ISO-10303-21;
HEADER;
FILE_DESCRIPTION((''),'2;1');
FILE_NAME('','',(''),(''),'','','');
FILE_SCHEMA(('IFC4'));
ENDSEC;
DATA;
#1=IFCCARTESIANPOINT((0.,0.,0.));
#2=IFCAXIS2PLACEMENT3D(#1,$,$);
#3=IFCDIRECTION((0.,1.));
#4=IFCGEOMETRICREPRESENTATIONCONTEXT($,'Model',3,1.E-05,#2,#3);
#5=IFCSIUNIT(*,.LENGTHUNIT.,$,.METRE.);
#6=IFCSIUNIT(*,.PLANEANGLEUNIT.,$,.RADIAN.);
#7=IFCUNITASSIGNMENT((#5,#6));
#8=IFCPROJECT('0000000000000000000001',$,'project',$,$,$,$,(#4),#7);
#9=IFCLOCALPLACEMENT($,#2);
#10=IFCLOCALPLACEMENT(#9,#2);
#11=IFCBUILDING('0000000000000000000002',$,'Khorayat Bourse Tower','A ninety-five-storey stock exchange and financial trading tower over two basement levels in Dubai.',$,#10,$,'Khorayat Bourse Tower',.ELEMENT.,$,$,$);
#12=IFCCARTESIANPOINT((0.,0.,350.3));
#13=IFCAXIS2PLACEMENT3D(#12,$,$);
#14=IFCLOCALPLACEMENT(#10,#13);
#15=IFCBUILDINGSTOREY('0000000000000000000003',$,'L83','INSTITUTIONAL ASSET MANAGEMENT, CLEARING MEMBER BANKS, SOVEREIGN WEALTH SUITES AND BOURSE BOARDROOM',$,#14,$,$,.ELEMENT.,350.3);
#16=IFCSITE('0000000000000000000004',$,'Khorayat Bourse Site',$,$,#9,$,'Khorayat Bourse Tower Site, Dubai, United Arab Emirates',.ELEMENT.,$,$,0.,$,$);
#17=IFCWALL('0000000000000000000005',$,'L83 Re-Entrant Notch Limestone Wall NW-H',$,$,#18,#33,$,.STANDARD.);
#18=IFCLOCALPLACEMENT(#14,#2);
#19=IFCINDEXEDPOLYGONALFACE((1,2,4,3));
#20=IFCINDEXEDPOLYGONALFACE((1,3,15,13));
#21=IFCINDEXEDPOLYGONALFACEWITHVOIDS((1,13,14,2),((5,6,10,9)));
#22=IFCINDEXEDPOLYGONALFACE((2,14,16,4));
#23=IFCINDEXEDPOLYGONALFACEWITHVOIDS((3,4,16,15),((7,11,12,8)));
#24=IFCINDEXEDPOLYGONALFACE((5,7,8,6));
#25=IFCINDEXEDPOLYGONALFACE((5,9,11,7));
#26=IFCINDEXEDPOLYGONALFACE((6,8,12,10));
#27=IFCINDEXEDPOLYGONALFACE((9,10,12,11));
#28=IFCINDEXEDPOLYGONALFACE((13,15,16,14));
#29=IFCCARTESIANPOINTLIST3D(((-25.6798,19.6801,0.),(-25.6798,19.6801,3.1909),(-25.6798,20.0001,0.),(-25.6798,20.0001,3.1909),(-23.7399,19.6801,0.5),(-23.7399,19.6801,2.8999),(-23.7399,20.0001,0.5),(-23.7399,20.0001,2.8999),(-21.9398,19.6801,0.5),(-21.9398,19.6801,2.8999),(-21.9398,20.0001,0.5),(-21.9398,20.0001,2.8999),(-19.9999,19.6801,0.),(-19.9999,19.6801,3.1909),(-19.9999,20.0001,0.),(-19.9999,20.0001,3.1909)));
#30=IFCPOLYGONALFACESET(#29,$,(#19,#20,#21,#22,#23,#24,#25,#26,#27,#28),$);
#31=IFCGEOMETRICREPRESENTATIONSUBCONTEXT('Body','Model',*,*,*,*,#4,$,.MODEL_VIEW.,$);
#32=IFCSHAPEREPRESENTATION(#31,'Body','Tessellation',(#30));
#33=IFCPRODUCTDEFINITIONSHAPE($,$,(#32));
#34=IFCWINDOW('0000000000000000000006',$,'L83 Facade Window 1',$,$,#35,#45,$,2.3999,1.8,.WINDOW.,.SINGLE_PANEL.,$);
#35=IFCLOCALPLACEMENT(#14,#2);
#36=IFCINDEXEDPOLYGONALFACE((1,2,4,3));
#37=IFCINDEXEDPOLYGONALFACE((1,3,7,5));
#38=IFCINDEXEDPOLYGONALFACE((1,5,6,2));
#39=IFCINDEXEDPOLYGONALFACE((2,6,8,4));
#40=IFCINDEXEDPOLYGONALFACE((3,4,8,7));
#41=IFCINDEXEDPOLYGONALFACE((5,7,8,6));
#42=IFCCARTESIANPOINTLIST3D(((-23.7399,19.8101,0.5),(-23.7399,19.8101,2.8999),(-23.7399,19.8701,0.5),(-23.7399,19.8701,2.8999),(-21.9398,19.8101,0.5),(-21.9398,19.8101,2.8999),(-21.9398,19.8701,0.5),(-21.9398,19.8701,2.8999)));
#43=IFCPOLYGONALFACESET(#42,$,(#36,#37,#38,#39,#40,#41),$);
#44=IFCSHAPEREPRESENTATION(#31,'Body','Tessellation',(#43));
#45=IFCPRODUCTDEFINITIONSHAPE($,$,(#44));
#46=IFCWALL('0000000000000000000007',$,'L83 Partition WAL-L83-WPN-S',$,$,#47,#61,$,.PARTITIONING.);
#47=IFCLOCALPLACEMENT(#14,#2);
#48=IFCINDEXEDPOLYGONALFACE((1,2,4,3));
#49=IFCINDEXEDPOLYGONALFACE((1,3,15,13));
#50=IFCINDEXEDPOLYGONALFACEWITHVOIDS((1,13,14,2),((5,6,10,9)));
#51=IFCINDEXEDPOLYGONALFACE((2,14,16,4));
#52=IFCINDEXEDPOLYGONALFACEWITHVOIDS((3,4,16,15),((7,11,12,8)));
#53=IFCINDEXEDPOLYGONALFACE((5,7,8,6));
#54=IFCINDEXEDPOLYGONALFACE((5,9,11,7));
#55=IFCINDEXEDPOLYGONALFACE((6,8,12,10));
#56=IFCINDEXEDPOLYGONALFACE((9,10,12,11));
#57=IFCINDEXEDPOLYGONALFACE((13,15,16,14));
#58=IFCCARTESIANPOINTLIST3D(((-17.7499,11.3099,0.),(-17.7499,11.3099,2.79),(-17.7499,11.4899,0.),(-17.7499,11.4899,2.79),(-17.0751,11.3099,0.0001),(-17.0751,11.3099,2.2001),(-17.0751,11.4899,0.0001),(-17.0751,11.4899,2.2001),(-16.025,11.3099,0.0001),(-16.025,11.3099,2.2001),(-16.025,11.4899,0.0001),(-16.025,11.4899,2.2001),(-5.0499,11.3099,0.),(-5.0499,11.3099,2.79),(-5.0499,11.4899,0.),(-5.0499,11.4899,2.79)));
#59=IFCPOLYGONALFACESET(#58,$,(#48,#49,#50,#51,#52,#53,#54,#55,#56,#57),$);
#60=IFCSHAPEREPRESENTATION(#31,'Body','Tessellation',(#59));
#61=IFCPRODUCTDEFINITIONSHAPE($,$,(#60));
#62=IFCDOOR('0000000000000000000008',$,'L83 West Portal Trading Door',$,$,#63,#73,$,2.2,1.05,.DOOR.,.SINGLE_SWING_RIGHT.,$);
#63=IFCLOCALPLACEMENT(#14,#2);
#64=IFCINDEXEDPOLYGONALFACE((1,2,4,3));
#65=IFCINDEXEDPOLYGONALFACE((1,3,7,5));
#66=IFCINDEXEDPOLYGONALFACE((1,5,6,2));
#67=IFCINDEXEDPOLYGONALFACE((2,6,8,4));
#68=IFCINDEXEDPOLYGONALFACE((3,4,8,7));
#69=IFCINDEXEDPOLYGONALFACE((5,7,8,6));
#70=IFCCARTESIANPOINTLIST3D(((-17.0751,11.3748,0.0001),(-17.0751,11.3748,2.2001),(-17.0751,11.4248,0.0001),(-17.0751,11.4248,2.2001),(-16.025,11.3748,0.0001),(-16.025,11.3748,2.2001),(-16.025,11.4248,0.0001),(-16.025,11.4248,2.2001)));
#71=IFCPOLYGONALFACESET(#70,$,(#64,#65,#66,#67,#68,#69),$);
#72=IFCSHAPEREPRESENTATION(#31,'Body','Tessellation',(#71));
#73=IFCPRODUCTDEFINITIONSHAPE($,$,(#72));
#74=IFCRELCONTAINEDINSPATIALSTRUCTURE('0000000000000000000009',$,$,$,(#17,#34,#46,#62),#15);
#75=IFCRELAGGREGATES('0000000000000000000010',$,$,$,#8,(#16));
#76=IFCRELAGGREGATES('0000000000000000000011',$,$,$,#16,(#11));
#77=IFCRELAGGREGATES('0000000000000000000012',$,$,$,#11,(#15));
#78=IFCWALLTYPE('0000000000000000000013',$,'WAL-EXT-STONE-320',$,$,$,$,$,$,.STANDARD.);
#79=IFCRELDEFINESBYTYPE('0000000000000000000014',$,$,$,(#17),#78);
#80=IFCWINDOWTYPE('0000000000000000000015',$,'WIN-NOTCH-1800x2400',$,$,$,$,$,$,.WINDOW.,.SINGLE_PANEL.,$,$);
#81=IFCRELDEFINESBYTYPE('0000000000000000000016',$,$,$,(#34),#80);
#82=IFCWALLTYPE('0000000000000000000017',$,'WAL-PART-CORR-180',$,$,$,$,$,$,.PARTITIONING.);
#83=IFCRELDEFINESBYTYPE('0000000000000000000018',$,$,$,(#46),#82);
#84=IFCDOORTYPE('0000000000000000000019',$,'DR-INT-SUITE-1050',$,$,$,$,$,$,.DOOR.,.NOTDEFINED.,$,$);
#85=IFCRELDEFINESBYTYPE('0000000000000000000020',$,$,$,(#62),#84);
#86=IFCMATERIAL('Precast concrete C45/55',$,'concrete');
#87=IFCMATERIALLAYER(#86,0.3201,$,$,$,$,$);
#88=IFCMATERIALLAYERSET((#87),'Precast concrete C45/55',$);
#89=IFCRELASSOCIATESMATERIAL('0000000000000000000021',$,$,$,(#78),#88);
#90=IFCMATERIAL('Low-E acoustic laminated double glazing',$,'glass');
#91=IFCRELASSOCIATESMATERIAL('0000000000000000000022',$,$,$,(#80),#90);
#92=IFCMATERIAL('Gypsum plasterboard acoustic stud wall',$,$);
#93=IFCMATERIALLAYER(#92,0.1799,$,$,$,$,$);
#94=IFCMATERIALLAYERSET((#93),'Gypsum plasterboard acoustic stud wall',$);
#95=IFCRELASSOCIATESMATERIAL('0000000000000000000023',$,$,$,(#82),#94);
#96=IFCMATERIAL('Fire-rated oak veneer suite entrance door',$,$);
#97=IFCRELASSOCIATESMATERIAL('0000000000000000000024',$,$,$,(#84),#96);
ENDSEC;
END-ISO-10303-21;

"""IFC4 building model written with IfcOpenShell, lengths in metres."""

from ifc_helpers import new_model, si_unit, direction, frame, frame_2d, origin, place, context, subcontext, project, spatial, rectangle, extrude, source, transform, mapped, material, layer, layer_set, type_object, element, fill, save


model = new_model("IFC4")

# Units and contexts
model_context = context("Model", 3, precision=1e-05, world=origin(), true_north=direction((0.0, 1.0)))
body_context = subcontext(model_context, "Body", "Model", "MODEL_VIEW")
ifc_project = project(units=[si_unit("LENGTHUNIT", "METRE"), si_unit("PLANEANGLEUNIT", "RADIAN")], contexts=[model_context])

# Site, building, storey
site_placement = place(None, origin())
site = spatial("IfcSite", under=ifc_project, at=site_placement, Name="Khorayat Bourse Site", LongName="Khorayat Bourse Tower Site, Dubai, United Arab Emirates", CompositionType="ELEMENT", RefElevation=0.0)
building_placement = place(site_placement, origin())
building = spatial("IfcBuilding", under=site, at=building_placement, Name="Khorayat Bourse Tower", Description="A ninety-five-storey stock exchange and financial trading tower over two basement levels in Dubai.", LongName="Khorayat Bourse Tower", CompositionType="ELEMENT")
storey_placement = place(building_placement, frame((0.0, 0.0, 350.3)))
storey = spatial("IfcBuildingStorey", under=building, at=storey_placement, Name="L83", Description="INSTITUTIONAL ASSET MANAGEMENT, CLEARING MEMBER BANKS, SOVEREIGN WEALTH SUITES AND BOURSE BOARDROOM", CompositionType="ELEMENT", Elevation=350.3)

# Wall, opening, window
ifc_material_1 = material(Name="Precast concrete C45/55", Category="concrete")
ifc_layer_1 = layer(ifc_material_1, 0.3201)
ifc_layer_set_1 = layer_set([ifc_layer_1], Name="Precast concrete C45/55")
wall_type_1 = type_object("IfcWallType", Name="WAL-EXT-STONE-320", PredefinedType="STANDARD", material=ifc_layer_set_1)
shared_shape_1 = source(origin(), body_context, "Body", "SweptSolid", [
    extrude(rectangle(XDim=5.6799, YDim=0.3201, at=frame_2d((2.8398, 0.0))), origin(), (0.0, 0.0, 1.0), 3.1909),
])
shared_shape_2 = source(origin(), body_context, "Body", "SweptSolid", [
    extrude(rectangle(XDim=1.8, YDim=2.3999, at=frame_2d((0.8999, 1.2))), frame((0.0, 0.1699, 0.0), z_axis=(0.0, -1.0, 0.0), x_axis=(1.0, 0.0, 0.0)), (0.0, 0.0, 1.0), 0.3401),
])
ifc_material_2 = material(Name="Low-E acoustic laminated double glazing", Category="glass")
window_type = type_object("IfcWindowType", Name="WIN-NOTCH-1800x2400", PartitioningType="SINGLE_PANEL", PredefinedType="WINDOW", material=ifc_material_2)
shared_shape_3 = source(origin(), body_context, "Body", "SweptSolid", [
    extrude(rectangle(XDim=1.8, YDim=2.3999, at=frame_2d((0.8999, 1.2))), frame((0.0, 0.03, 0.0), z_axis=(0.0, -1.0, 0.0), x_axis=(1.0, 0.0, 0.0)), (0.0, 0.0, 1.0), 0.0601),
])
wall_1_placement = place(storey_placement, frame((-20.0, 19.8401, 0.0), z_axis=(0.0, 0.0, 1.0), x_axis=(-1.0, 0.0, 0.0)))
wall_1 = element("IfcWall", 1, at=wall_1_placement, inside=storey, type_object=wall_type_1, Name="L83 Re-Entrant Notch Limestone Wall NW-H", PredefinedType="STANDARD", context=body_context, shape_type="MappedRepresentation", body=[
    mapped(shared_shape_1, transform((0.0, 0.0, 0.0), scale=1.0)),
])
opening_1_placement = place(wall_1_placement, frame((1.9399, 0.0, 0.5)))
opening_1 = element("IfcOpeningElement", 2, at=opening_1_placement, cuts=wall_1, PredefinedType="OPENING", context=body_context, shape_type="MappedRepresentation", body=[
    mapped(shared_shape_2, transform((0.0, 0.0, 0.0), scale=1.0)),
])
window_1_placement = place(opening_1_placement, origin())
window_1 = element("IfcWindow", 3, at=window_1_placement, inside=storey, type_object=window_type, Name="L83 Facade Window 1", OverallHeight=2.3999, OverallWidth=1.8, PartitioningType="SINGLE_PANEL", PredefinedType="WINDOW", context=body_context, shape_type="MappedRepresentation", body=[
    mapped(shared_shape_3, transform((0.0, 0.0, 0.0), scale=1.0)),
])
fill(opening_1, window_1)

# Wall, opening, door
ifc_material_3 = material(Name="Gypsum plasterboard acoustic stud wall")
ifc_layer_2 = layer(ifc_material_3, 0.1799)
ifc_layer_set_2 = layer_set([ifc_layer_2], Name="Gypsum plasterboard acoustic stud wall")
wall_type_2 = type_object("IfcWallType", Name="WAL-PART-CORR-180", PredefinedType="PARTITIONING", material=ifc_layer_set_2)
shared_shape_4 = source(origin(), body_context, "Body", "SweptSolid", [
    extrude(rectangle(XDim=12.7, YDim=0.1799, at=frame_2d((6.3501, 0.0))), origin(), (0.0, 0.0, 1.0), 2.79),
])
wall_2_placement = place(storey_placement, frame((-17.75, 11.3999, 0.0), z_axis=(0.0, 0.0, 1.0), x_axis=(1.0, 0.0, 0.0)))
wall_2 = element("IfcWall", 4, at=wall_2_placement, inside=storey, type_object=wall_type_2, Name="L83 Partition WAL-L83-WPN-S", PredefinedType="PARTITIONING", context=body_context, shape_type="MappedRepresentation", body=[
    mapped(shared_shape_4, transform((0.0, 0.0, 0.0), scale=1.0)),
])
shared_shape_5 = source(origin(), body_context, "Body", "SweptSolid", [
    extrude(rectangle(XDim=1.05, YDim=2.2, at=frame_2d((0.5249, 1.1001))), frame((0.0, 0.0999, 0.0), z_axis=(0.0, -1.0, 0.0), x_axis=(1.0, 0.0, 0.0)), (0.0, 0.0, 1.0), 0.2),
])
opening_2_placement = place(wall_2_placement, frame((0.675, 0.0, 0.0)))
opening_2 = element("IfcOpeningElement", 5, at=opening_2_placement, cuts=wall_2, PredefinedType="OPENING", context=body_context, shape_type="MappedRepresentation", body=[
    mapped(shared_shape_5, transform((0.0, 0.0, 0.0), scale=1.0)),
])
ifc_material_4 = material(Name="Fire-rated oak veneer suite entrance door")
door_type = type_object("IfcDoorType", Name="DR-INT-SUITE-1050", OperationType="NOTDEFINED", PredefinedType="DOOR", material=ifc_material_4)
shared_shape_6 = source(origin(), body_context, "Body", "SweptSolid", [
    extrude(rectangle(XDim=1.05, YDim=2.2, at=frame_2d((0.5249, 1.1001))), frame((0.0, 0.0249, 0.0), z_axis=(0.0, -1.0, 0.0), x_axis=(1.0, 0.0, 0.0)), (0.0, 0.0, 1.0), 0.05),
])
door_placement = place(opening_2_placement, origin())
door = element("IfcDoor", 6, at=door_placement, inside=storey, type_object=door_type, Name="L83 West Portal Trading Door", OperationType="SINGLE_SWING_RIGHT", OverallHeight=2.2, OverallWidth=1.05, PredefinedType="DOOR", context=body_context, shape_type="MappedRepresentation", body=[
    mapped(shared_shape_6, transform((0.0, 0.0, 0.0), scale=1.0)),
])
fill(opening_2, door)

save(model, "model.ifc")
